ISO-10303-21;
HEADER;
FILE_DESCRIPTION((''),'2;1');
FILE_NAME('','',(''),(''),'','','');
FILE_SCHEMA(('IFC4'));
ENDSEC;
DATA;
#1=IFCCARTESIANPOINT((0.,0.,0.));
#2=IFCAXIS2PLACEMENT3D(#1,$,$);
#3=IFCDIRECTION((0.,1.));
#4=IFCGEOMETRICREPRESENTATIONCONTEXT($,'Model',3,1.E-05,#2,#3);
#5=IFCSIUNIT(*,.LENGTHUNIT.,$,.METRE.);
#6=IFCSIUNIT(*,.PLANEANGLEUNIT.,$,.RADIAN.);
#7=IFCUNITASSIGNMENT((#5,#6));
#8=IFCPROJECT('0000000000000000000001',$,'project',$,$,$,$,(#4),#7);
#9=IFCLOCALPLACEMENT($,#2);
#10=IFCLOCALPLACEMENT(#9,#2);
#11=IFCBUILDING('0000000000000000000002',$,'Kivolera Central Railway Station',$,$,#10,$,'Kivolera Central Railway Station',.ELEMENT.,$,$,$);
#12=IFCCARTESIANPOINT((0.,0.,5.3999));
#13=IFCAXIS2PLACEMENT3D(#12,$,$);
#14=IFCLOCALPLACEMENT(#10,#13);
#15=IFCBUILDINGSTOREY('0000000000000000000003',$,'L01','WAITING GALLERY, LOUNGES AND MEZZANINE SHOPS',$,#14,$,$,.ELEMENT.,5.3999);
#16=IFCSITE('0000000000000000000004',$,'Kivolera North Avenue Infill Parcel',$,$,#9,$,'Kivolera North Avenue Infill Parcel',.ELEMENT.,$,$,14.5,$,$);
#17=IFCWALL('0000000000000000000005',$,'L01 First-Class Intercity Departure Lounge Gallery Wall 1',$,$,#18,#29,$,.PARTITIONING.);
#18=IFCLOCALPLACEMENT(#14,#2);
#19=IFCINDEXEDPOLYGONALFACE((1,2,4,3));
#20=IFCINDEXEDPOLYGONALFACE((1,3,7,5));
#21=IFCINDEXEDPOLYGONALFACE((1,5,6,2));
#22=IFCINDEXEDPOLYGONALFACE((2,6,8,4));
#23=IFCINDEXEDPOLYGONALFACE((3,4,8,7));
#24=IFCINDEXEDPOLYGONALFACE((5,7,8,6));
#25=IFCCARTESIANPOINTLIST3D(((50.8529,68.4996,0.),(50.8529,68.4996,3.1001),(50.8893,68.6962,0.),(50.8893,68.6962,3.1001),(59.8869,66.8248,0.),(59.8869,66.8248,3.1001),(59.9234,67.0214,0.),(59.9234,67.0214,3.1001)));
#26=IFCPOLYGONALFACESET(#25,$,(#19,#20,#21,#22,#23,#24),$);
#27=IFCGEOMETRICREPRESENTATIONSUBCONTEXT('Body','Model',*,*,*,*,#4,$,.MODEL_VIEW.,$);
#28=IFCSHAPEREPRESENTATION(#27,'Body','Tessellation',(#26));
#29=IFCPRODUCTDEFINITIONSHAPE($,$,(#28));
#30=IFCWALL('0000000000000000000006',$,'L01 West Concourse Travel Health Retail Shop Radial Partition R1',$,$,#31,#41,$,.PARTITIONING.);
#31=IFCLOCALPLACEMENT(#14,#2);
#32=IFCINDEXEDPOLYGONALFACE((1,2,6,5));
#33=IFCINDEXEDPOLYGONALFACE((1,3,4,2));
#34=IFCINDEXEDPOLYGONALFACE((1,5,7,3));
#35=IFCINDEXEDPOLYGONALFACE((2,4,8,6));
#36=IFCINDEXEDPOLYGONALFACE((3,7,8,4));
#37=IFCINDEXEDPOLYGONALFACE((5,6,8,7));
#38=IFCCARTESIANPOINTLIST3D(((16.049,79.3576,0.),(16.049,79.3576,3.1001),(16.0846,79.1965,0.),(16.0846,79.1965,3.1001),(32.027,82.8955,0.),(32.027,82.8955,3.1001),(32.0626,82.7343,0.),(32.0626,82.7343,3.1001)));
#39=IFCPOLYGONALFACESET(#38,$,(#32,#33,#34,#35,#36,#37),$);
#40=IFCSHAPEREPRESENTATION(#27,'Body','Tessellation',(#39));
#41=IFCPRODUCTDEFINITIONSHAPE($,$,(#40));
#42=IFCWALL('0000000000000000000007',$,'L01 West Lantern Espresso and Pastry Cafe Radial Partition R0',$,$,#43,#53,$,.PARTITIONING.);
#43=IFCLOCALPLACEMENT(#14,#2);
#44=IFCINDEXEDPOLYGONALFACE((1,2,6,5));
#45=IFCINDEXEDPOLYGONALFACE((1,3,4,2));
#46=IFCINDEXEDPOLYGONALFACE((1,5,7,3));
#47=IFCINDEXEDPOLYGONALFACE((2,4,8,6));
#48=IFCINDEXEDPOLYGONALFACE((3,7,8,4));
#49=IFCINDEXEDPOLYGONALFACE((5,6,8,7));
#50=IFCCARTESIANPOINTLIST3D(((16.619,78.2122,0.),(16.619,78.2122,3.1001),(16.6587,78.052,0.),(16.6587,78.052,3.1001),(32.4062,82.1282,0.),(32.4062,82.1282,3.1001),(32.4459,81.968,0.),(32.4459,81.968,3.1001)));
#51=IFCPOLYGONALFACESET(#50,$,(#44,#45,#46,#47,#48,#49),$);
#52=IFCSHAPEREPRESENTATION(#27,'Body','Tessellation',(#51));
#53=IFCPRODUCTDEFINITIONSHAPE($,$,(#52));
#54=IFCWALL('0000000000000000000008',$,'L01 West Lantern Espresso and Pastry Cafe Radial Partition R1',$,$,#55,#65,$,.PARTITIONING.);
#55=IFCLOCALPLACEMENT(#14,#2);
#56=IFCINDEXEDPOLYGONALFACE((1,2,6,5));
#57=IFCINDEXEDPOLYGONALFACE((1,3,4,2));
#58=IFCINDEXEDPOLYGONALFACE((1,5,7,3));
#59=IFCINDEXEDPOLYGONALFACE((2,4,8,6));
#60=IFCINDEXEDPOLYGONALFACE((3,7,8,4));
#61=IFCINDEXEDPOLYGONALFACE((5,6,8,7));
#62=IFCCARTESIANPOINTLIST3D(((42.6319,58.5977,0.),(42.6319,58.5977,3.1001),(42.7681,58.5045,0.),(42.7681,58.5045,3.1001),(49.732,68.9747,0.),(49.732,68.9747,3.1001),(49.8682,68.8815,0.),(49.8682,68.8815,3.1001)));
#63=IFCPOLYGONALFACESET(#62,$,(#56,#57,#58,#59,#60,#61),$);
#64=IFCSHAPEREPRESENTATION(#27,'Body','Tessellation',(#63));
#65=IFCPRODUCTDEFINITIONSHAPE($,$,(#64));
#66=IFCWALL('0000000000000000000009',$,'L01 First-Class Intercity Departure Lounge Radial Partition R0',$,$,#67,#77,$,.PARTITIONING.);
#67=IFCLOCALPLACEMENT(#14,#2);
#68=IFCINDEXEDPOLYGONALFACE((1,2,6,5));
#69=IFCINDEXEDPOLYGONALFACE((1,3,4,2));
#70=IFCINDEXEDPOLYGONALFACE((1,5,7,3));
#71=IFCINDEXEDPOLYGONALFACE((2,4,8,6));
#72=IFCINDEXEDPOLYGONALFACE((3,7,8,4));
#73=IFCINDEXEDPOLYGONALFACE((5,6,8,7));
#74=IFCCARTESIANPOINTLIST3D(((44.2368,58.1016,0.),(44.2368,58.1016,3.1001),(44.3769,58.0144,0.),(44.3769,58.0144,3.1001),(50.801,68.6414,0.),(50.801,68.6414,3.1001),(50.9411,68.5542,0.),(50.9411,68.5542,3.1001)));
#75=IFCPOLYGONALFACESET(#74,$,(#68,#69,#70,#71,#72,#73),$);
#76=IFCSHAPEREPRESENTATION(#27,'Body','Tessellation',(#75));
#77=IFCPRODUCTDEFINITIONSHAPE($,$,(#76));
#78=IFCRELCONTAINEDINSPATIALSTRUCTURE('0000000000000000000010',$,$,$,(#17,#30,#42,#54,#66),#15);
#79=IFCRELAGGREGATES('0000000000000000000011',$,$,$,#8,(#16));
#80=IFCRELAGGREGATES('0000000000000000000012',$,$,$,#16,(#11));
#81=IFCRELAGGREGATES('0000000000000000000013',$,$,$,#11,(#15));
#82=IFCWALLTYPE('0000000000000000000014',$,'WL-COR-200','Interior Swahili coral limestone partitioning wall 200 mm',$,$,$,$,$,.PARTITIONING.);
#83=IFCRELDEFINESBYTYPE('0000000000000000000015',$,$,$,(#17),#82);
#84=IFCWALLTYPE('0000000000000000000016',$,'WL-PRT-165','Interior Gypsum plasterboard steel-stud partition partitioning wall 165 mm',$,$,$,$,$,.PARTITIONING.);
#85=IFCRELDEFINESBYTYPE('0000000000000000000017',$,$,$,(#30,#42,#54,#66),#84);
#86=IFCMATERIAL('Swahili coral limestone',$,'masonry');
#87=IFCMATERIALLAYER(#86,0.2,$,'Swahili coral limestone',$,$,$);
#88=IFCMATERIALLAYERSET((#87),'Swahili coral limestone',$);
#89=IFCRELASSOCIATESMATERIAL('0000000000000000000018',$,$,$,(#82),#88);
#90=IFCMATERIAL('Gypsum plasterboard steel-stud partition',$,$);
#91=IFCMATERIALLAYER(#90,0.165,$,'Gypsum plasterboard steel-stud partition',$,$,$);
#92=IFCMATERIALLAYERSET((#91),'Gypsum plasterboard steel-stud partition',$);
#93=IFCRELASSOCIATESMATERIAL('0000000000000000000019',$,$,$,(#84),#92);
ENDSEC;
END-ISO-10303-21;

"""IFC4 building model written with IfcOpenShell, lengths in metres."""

from ifc_helpers import new_model, si_unit, direction, frame, frame_2d, origin, place, context, subcontext, project, spatial, rectangle, extrude, material, layer, layer_set, type_object, element, save


model = new_model("IFC4")

# Units and contexts
model_context = context("Model", 3, precision=1e-05, world=origin(), true_north=direction((0.0, 1.0)))
body_context = subcontext(model_context, "Body", "Model", "MODEL_VIEW")
ifc_project = project(units=[si_unit("LENGTHUNIT", "METRE"), si_unit("PLANEANGLEUNIT", "RADIAN")], contexts=[model_context])

# Site, building, storey
site_placement = place(None, origin())
site = spatial("IfcSite", under=ifc_project, at=site_placement, Name="Kivolera North Avenue Infill Parcel", LongName="Kivolera North Avenue Infill Parcel", CompositionType="ELEMENT", RefElevation=14.5)
building_placement = place(site_placement, origin())
building = spatial("IfcBuilding", under=site, at=building_placement, Name="Kivolera Central Railway Station", LongName="Kivolera Central Railway Station", CompositionType="ELEMENT")
storey_placement = place(building_placement, frame((0.0, 0.0, 5.3999)))
storey = spatial("IfcBuildingStorey", under=building, at=storey_placement, Name="L01", Description="WAITING GALLERY, LOUNGES AND MEZZANINE SHOPS", CompositionType="ELEMENT", Elevation=5.3999)

# Shared definitions
ifc_material_1 = material(Name="Swahili coral limestone", Category="masonry")
ifc_layer_1 = layer(ifc_material_1, 0.2, Name="Swahili coral limestone")
ifc_layer_set_1 = layer_set([ifc_layer_1], Name="Swahili coral limestone")
wall_type_1 = type_object("IfcWallType", Name="WL-COR-200", Description="Interior Swahili coral limestone partitioning wall 200 mm", PredefinedType="PARTITIONING", material=ifc_layer_set_1)

# Walls
wall_1_placement = place(storey_placement, frame((50.8711, 68.5979, 0.0), z_axis=(0.0, 0.0, 1.0), x_axis=(0.983246, -0.182284, 0.0)))
element("IfcWall", 1, at=wall_1_placement, inside=storey, type_object=wall_type_1, Name="L01 First-Class Intercity Departure Lounge Gallery Wall 1", PredefinedType="PARTITIONING", context=body_context, shape_type="SweptSolid", body=[
    extrude(rectangle(XDim=9.188, YDim=0.2, at=frame_2d((4.594, 0.0))), origin(), (0.0, 0.0, 1.0), 3.1001),
])
ifc_material_2 = material(Name="Gypsum plasterboard steel-stud partition")
ifc_layer_2 = layer(ifc_material_2, 0.165, Name="Gypsum plasterboard steel-stud partition")
ifc_layer_set_2 = layer_set([ifc_layer_2], Name="Gypsum plasterboard steel-stud partition")
wall_type_2 = type_object("IfcWallType", Name="WL-PRT-165", Description="Interior Gypsum plasterboard steel-stud partition partitioning wall 165 mm", PredefinedType="PARTITIONING", material=ifc_layer_set_2)
wall_2_placement = place(storey_placement, frame((32.0449, 82.8149, 0.0), z_axis=(0.0, 0.0, 1.0), x_axis=(-0.976353, -0.216183, 0.0)))
element("IfcWall", 2, at=wall_2_placement, inside=storey, type_object=wall_type_2, Name="L01 West Concourse Travel Health Retail Shop Radial Partition R1", PredefinedType="PARTITIONING", context=body_context, shape_type="SweptSolid", body=[
    extrude(rectangle(XDim=16.365, YDim=0.165, at=frame_2d((8.1826, 0.0))), origin(), (0.0, 0.0, 1.0), 3.1001),
])
wall_3_placement = place(storey_placement, frame((32.426, 82.0481, 0.0), z_axis=(0.0, 0.0, 1.0), x_axis=(-0.970586, -0.240755, 0.0)))
element("IfcWall", 3, at=wall_3_placement, inside=storey, type_object=wall_type_2, Name="L01 West Lantern Espresso and Pastry Cafe Radial Partition R0", PredefinedType="PARTITIONING", context=body_context, shape_type="SweptSolid", body=[
    extrude(rectangle(XDim=16.2656, YDim=0.165, at=frame_2d((8.1328, 0.0))), origin(), (0.0, 0.0, 1.0), 3.1001),
])
wall_4_placement = place(storey_placement, frame((49.8, 68.928, 0.0), z_axis=(0.0, 0.0, 1.0), x_axis=(-0.564688, -0.825304, 0.0)))
element("IfcWall", 4, at=wall_4_placement, inside=storey, type_object=wall_type_2, Name="L01 West Lantern Espresso and Pastry Cafe Radial Partition R1", PredefinedType="PARTITIONING", context=body_context, shape_type="SweptSolid", body=[
    extrude(rectangle(XDim=12.5735, YDim=0.165, at=frame_2d((6.2866, 0.0))), origin(), (0.0, 0.0, 1.0), 3.1001),
])
wall_5_placement = place(storey_placement, frame((50.8711, 68.5979, 0.0), z_axis=(0.0, 0.0, 1.0), x_axis=(-0.528657, -0.848836, 0.0)))
element("IfcWall", 5, at=wall_5_placement, inside=storey, type_object=wall_type_2, Name="L01 First-Class Intercity Departure Lounge Radial Partition R0", PredefinedType="PARTITIONING", context=body_context, shape_type="SweptSolid", body=[
    extrude(rectangle(XDim=12.4167, YDim=0.165, at=frame_2d((6.2085, 0.0))), origin(), (0.0, 0.0, 1.0), 3.1001),
])

save(model, "model.ifc")
